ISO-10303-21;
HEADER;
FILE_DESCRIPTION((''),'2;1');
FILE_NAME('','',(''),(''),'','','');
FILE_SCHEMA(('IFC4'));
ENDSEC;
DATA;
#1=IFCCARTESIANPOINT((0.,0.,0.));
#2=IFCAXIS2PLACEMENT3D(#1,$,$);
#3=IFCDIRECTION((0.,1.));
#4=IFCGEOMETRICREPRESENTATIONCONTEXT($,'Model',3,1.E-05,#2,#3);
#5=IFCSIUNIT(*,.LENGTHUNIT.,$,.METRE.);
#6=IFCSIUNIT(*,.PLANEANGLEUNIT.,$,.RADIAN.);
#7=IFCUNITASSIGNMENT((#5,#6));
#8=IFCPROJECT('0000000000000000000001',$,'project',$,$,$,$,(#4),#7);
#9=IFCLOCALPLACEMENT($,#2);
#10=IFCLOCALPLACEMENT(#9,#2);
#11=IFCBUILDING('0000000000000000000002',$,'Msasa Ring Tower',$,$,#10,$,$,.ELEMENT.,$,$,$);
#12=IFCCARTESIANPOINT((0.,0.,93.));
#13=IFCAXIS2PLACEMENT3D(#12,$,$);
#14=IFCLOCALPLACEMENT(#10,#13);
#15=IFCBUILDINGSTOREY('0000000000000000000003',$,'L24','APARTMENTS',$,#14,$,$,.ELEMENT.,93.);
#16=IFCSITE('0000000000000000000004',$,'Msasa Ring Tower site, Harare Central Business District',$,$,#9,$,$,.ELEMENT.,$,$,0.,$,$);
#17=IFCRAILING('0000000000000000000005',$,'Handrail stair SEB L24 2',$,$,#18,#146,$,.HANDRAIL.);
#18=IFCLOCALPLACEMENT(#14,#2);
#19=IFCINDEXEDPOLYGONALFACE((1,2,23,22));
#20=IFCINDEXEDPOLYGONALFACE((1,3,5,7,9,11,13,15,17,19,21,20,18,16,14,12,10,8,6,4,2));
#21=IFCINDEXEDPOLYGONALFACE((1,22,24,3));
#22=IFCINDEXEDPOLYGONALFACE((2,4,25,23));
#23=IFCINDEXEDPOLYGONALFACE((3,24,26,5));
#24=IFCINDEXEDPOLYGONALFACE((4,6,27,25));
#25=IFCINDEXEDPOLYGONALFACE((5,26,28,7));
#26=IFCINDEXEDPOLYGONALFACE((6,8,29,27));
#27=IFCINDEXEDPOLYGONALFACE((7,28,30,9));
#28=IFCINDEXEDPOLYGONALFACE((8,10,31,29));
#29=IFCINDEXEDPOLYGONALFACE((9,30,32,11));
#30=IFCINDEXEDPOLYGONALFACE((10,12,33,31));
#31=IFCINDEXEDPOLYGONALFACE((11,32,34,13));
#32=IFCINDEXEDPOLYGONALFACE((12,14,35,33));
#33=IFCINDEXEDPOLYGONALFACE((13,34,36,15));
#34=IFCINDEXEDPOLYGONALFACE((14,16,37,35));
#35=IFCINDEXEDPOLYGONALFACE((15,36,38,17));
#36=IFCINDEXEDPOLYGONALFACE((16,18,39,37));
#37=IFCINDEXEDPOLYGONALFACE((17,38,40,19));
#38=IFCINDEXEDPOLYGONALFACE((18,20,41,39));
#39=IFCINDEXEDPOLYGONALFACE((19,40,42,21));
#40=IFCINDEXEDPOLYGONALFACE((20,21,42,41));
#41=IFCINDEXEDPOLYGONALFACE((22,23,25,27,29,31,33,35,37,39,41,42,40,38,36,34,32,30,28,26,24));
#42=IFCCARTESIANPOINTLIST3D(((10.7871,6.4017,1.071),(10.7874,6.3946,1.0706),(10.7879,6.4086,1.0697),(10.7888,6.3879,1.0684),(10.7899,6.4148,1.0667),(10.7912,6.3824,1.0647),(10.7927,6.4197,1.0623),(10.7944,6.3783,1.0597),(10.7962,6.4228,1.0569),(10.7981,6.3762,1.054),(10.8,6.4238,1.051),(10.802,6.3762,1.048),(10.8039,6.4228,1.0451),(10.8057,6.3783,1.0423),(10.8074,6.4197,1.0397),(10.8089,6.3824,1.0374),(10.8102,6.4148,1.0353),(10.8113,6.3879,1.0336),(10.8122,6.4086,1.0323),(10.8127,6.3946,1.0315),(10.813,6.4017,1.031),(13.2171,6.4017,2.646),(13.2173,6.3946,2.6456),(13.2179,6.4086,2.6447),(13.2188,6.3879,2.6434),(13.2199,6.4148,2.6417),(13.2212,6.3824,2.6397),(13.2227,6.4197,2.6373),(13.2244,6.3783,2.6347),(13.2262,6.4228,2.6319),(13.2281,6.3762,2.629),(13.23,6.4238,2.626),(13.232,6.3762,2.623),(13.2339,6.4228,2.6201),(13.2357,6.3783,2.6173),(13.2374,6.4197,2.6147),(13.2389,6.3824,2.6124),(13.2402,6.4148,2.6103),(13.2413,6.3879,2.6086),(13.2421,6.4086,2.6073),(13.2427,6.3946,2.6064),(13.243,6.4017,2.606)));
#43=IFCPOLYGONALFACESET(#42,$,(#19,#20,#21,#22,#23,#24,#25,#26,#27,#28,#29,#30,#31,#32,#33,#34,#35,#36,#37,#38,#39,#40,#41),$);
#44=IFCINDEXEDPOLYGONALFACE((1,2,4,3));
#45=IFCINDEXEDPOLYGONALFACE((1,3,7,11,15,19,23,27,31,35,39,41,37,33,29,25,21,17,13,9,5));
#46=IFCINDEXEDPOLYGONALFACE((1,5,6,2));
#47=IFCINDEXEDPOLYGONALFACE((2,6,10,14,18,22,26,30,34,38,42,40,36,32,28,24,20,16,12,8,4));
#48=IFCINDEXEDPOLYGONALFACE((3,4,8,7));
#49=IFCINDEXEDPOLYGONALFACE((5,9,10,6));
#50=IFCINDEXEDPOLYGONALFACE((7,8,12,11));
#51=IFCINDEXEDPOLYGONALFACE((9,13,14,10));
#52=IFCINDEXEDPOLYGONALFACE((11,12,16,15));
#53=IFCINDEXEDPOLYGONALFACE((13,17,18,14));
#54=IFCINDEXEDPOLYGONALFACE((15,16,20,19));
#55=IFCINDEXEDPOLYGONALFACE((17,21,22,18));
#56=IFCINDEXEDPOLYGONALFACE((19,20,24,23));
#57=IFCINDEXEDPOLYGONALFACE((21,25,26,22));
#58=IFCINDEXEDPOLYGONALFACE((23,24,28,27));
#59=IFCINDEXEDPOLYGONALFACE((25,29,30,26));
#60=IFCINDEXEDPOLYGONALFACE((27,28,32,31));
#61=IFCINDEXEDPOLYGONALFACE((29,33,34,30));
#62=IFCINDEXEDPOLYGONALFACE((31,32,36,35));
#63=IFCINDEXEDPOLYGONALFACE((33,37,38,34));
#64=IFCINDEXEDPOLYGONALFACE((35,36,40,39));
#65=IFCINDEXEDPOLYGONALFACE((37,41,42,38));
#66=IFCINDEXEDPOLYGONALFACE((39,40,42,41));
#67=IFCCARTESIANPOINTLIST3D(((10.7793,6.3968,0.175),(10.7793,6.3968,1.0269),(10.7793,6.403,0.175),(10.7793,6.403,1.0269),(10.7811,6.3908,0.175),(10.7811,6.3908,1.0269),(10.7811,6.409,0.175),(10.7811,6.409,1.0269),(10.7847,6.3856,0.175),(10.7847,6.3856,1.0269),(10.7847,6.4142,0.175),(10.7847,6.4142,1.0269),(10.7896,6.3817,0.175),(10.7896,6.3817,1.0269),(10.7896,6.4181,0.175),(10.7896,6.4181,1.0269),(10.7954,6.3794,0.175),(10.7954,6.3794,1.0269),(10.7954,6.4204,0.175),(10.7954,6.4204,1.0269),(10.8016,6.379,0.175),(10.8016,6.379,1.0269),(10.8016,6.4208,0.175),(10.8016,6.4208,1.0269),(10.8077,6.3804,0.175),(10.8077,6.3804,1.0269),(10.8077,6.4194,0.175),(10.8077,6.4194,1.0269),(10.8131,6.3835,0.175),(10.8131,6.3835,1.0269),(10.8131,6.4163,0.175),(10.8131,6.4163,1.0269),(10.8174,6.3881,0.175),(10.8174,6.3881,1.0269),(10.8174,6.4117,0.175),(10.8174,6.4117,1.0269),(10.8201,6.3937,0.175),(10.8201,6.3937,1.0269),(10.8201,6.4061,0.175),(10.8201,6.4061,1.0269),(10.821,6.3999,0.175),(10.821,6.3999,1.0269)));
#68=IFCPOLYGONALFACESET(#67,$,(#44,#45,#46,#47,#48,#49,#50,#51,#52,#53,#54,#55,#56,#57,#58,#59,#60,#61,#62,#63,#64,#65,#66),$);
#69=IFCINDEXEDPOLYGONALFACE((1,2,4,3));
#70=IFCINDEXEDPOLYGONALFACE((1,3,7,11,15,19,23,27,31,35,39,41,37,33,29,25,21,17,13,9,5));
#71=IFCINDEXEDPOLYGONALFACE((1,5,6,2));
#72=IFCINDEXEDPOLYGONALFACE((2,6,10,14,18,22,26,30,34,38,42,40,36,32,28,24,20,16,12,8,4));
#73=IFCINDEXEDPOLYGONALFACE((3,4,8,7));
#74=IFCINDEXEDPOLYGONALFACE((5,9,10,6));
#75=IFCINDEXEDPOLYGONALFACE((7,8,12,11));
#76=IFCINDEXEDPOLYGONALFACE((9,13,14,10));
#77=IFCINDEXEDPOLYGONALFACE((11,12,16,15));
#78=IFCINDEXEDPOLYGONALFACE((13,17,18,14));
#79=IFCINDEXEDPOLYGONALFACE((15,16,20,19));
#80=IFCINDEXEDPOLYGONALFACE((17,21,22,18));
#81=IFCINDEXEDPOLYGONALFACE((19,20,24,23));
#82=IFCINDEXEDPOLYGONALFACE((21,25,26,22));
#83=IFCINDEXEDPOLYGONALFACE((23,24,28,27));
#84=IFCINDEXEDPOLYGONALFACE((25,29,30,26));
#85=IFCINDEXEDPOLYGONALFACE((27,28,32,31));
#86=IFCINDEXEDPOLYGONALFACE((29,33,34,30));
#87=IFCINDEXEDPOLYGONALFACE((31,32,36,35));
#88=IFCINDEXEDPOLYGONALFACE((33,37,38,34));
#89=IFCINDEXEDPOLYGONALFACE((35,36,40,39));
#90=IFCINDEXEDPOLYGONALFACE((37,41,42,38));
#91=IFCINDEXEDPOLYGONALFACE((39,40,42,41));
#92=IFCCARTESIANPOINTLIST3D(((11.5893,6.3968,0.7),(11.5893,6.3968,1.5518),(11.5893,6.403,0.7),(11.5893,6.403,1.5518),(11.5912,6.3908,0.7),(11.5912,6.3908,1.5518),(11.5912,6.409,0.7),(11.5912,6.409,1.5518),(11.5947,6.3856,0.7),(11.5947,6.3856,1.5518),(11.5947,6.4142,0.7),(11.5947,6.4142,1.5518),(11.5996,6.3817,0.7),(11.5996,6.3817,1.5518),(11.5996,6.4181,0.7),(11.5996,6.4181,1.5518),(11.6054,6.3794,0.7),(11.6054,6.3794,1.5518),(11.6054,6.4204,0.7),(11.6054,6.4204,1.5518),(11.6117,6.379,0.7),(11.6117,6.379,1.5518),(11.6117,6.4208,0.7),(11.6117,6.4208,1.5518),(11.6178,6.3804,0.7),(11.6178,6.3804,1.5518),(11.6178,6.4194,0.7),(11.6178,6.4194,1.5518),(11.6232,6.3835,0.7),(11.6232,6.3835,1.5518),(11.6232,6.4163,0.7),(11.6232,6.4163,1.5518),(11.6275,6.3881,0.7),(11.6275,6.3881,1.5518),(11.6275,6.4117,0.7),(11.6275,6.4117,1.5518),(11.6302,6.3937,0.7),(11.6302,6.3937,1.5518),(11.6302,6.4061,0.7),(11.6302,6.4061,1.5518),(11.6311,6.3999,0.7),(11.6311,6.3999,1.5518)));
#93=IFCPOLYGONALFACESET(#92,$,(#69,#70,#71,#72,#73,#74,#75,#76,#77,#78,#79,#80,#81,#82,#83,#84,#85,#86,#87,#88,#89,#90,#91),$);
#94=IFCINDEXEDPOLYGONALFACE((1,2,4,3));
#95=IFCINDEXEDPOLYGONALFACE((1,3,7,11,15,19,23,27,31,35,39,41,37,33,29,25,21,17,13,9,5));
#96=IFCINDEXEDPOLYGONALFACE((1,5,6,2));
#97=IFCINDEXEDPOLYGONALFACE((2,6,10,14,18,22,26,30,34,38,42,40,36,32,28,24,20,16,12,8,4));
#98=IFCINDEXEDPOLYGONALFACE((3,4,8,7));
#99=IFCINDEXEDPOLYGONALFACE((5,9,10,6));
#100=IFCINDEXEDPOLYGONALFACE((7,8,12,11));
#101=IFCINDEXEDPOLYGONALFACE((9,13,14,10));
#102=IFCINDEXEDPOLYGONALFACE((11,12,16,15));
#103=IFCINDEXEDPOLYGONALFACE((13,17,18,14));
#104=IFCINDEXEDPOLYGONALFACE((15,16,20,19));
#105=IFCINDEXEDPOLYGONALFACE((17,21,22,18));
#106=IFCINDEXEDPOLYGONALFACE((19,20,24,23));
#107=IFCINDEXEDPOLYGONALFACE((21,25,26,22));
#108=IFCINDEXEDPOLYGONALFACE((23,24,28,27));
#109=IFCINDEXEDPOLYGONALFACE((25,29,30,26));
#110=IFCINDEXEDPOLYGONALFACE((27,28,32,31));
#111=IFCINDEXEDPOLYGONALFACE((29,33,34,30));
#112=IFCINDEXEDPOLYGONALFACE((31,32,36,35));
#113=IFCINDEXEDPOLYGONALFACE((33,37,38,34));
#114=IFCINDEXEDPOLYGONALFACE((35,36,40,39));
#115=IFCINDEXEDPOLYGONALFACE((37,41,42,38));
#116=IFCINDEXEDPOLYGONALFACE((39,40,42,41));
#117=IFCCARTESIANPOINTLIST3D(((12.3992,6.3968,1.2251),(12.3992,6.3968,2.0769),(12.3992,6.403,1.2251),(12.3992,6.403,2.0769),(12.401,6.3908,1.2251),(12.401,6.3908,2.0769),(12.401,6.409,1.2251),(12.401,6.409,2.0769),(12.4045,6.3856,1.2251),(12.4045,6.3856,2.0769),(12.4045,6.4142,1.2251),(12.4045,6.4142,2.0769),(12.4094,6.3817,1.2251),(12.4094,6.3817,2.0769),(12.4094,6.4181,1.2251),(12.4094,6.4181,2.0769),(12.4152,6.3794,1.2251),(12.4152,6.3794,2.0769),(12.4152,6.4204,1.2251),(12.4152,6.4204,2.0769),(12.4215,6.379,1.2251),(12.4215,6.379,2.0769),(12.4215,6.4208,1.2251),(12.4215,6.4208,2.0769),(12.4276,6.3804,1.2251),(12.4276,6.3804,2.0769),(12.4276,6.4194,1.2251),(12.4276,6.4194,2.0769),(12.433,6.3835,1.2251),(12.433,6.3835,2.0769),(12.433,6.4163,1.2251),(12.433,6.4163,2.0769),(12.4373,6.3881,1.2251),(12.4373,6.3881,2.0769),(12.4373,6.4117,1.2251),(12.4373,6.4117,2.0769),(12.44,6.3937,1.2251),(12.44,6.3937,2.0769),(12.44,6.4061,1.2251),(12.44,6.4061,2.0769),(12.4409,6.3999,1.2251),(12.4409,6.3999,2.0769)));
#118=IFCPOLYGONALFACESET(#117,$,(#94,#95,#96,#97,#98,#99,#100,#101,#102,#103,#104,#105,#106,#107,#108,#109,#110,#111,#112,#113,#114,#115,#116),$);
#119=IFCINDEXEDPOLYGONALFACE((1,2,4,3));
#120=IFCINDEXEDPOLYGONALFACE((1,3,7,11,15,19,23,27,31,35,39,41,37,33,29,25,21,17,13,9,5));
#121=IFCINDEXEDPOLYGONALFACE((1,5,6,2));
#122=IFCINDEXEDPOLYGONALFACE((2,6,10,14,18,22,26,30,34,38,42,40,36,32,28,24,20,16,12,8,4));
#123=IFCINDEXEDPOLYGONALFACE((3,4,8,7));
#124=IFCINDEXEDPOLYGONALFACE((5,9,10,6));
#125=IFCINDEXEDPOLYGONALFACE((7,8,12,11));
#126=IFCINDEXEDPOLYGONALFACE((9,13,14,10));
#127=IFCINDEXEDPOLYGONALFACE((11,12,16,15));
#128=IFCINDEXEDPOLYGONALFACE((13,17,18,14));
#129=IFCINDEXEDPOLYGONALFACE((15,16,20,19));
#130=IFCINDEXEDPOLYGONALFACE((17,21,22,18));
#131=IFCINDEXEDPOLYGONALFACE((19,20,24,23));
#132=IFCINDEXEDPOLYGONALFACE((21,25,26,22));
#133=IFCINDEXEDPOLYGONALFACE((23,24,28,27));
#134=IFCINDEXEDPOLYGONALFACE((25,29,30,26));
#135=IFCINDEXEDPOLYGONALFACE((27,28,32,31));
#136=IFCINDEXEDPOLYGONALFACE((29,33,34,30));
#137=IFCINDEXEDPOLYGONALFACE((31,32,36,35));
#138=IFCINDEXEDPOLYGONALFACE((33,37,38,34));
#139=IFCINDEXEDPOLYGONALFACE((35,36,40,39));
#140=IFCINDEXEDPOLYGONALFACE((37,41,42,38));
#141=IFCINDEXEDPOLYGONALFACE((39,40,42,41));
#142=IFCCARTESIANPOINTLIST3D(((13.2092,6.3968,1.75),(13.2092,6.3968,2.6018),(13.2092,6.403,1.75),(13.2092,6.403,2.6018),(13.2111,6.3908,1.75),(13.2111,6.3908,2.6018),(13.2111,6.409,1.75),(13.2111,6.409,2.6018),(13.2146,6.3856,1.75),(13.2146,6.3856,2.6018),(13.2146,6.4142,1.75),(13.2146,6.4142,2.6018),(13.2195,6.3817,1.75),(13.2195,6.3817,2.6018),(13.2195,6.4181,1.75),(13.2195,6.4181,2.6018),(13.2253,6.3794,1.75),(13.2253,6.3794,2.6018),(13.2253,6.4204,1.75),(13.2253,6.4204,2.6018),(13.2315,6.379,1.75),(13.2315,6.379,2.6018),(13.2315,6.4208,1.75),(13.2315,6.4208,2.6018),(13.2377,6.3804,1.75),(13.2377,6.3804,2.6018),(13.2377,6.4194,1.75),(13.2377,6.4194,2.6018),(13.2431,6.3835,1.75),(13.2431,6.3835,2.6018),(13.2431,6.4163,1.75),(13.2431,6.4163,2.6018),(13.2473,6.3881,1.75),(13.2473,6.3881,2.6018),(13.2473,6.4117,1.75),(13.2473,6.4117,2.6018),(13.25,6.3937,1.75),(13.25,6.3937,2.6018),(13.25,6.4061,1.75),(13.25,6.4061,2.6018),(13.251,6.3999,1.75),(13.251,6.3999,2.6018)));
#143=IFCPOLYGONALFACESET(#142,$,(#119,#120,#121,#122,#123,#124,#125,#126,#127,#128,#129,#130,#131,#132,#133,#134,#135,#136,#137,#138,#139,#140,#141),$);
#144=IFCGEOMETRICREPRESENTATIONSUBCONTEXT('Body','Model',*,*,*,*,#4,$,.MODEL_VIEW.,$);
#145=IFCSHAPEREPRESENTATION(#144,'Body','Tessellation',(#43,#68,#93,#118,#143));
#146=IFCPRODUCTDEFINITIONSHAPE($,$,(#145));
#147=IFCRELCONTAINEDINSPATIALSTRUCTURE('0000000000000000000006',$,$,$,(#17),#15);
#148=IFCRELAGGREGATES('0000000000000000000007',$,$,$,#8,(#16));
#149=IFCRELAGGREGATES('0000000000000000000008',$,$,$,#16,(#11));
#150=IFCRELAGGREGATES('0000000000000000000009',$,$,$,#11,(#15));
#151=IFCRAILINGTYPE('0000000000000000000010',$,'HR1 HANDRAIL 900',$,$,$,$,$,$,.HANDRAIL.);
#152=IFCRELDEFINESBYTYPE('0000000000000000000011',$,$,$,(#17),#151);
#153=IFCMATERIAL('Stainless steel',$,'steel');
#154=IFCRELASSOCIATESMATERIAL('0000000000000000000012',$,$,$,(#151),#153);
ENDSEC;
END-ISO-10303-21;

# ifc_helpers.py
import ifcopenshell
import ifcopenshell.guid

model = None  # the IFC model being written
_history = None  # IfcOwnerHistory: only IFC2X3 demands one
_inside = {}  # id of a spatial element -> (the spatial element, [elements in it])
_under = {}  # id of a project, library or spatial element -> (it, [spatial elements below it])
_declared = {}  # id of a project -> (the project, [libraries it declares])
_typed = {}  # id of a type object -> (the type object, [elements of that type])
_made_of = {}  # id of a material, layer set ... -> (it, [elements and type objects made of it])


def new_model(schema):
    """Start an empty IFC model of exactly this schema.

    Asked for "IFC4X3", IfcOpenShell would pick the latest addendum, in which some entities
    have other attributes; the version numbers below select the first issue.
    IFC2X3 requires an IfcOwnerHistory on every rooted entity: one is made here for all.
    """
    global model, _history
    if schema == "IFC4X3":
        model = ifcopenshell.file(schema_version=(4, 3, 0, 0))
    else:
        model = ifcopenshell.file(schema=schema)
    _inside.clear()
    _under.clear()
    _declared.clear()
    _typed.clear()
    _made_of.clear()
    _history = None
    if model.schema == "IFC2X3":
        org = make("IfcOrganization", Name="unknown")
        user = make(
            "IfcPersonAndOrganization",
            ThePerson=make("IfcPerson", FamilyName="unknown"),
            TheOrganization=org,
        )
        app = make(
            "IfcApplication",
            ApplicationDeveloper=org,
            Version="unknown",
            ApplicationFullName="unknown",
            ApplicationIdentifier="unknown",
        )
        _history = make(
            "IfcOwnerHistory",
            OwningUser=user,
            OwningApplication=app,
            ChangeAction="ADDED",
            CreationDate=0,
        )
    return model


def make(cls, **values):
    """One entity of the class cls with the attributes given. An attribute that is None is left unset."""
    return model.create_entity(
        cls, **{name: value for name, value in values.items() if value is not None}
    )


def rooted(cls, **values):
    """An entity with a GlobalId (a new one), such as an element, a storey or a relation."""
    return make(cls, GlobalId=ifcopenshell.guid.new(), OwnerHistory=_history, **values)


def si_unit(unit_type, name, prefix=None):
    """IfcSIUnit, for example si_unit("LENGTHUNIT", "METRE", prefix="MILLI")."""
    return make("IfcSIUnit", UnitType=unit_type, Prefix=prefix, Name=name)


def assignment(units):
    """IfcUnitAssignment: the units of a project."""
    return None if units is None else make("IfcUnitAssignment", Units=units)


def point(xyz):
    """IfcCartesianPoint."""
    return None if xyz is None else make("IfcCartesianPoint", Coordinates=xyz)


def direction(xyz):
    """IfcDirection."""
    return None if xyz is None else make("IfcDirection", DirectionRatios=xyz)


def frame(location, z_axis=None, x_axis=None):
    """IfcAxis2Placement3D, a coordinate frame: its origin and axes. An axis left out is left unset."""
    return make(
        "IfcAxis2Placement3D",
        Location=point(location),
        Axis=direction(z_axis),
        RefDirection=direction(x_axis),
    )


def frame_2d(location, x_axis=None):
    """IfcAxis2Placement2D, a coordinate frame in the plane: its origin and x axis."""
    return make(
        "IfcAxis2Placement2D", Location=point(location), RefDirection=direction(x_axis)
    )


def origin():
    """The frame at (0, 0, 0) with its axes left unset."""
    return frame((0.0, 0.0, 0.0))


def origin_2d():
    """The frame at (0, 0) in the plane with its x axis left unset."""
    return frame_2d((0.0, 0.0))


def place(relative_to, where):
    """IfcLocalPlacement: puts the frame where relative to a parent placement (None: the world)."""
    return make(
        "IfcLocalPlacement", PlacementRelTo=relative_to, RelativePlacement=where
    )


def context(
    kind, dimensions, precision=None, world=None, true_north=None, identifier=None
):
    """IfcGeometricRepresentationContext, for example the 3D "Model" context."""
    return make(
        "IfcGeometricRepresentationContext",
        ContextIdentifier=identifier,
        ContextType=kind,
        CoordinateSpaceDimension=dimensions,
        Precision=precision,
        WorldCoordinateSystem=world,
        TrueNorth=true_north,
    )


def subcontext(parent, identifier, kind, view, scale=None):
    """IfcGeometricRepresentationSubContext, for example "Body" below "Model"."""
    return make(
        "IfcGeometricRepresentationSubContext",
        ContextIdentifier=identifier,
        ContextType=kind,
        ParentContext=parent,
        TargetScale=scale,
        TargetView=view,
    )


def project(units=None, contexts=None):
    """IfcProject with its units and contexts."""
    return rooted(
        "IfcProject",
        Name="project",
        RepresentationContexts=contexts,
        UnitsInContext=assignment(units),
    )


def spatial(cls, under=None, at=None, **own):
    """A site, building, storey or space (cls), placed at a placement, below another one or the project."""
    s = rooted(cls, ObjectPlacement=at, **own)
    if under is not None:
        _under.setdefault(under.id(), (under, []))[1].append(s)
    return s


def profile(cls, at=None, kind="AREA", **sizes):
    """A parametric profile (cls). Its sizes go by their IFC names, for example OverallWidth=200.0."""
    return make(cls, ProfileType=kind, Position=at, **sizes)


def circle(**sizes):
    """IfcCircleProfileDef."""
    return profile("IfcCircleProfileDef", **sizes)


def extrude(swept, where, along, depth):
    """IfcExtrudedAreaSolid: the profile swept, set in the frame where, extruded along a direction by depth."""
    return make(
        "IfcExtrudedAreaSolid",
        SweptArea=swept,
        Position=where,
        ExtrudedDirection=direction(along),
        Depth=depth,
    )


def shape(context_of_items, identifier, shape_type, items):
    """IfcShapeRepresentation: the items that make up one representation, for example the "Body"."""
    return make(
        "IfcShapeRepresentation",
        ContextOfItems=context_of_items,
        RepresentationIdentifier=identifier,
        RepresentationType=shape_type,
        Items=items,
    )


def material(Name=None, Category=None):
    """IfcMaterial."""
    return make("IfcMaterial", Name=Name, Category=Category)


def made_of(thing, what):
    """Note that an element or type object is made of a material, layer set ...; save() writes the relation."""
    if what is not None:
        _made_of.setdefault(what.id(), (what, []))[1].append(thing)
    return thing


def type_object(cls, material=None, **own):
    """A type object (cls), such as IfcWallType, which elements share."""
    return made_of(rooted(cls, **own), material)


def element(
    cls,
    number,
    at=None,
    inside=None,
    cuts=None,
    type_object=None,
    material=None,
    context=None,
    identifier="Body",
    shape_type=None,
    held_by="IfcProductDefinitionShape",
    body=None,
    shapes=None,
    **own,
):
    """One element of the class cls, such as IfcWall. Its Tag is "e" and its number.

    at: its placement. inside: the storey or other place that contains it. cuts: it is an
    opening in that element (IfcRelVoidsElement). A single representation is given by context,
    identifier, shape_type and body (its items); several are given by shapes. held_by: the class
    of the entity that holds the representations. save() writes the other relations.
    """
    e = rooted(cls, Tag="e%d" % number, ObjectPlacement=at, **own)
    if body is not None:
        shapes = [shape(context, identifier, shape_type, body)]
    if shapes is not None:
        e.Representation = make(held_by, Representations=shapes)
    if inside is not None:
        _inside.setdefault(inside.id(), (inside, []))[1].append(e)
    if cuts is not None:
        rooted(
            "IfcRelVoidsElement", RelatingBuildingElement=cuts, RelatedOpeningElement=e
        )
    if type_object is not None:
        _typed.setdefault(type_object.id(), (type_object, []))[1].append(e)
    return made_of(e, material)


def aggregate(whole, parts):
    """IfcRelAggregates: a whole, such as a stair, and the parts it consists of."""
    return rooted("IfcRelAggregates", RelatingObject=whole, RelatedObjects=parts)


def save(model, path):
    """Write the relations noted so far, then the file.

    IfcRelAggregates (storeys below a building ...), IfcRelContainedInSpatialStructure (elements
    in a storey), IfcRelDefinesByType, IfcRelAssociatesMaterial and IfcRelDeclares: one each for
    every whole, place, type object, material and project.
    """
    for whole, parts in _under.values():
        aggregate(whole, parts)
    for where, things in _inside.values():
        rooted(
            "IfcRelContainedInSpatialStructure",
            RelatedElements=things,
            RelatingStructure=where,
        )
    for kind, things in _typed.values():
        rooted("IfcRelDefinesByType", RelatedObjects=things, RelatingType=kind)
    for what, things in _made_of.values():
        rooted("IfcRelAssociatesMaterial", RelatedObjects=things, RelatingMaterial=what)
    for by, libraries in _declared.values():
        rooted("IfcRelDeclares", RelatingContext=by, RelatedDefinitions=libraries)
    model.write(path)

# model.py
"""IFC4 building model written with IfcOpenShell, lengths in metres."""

from ifc_helpers import new_model, si_unit, direction, frame, origin, origin_2d, place, context, subcontext, project, spatial, circle, extrude, material, type_object, element, save


model = new_model("IFC4")

# Units and contexts
model_context = context("Model", 3, precision=1e-05, world=origin(), true_north=direction((0.0, 1.0)))
body_context = subcontext(model_context, "Body", "Model", "MODEL_VIEW")
ifc_project = project(units=[si_unit("LENGTHUNIT", "METRE"), si_unit("PLANEANGLEUNIT", "RADIAN")], contexts=[model_context])

# Site, building, storey
site_placement = place(None, origin())
site = spatial("IfcSite", under=ifc_project, at=site_placement, Name="Msasa Ring Tower site, Harare Central Business District", CompositionType="ELEMENT", RefElevation=0.0)
building_placement = place(site_placement, origin())
building = spatial("IfcBuilding", under=site, at=building_placement, Name="Msasa Ring Tower", CompositionType="ELEMENT")
storey_placement = place(building_placement, frame((0.0, 0.0, 93.0)))
storey = spatial("IfcBuildingStorey", under=building, at=storey_placement, Name="L24", Description="APARTMENTS", CompositionType="ELEMENT", Elevation=93.0)

# Railing
ifc_material_1 = material(Name="Stainless steel", Category="steel")
railing_type = type_object("IfcRailingType", Name="HR1 HANDRAIL 900", PredefinedType="HANDRAIL", material=ifc_material_1)
for number, where, name in (
    (1, (10.8, 6.3999, 0.175), "Handrail stair SEB L24 2"),
):
    element("IfcRailing", number, at=place(storey_placement, frame(where)), inside=storey, type_object=railing_type, Name=name, PredefinedType="HANDRAIL", context=body_context, shape_type="SweptSolid", body=[
        extrude(circle(Radius=0.0239, at=origin_2d()), frame((0.0, 0.0, 0.876), z_axis=(0.839154, 0.0, 0.543894), x_axis=(0.0, 1.0, 0.0)), (0.0, 0.0, 1.0), 2.8958),
        extrude(circle(Radius=0.021, at=origin_2d()), origin(), (0.0, 0.0, 1.0), 0.8518),
        extrude(circle(Radius=0.021, at=origin_2d()), frame((0.8101, 0.0, 0.5249)), (0.0, 0.0, 1.0), 0.8518),
        extrude(circle(Radius=0.021, at=origin_2d()), frame((1.6199, 0.0, 1.05)), (0.0, 0.0, 1.0), 0.8518),
        extrude(circle(Radius=0.021, at=origin_2d()), frame((2.4299, 0.0, 1.575)), (0.0, 0.0, 1.0), 0.8518),
    ])

save(model, "model.ifc")
